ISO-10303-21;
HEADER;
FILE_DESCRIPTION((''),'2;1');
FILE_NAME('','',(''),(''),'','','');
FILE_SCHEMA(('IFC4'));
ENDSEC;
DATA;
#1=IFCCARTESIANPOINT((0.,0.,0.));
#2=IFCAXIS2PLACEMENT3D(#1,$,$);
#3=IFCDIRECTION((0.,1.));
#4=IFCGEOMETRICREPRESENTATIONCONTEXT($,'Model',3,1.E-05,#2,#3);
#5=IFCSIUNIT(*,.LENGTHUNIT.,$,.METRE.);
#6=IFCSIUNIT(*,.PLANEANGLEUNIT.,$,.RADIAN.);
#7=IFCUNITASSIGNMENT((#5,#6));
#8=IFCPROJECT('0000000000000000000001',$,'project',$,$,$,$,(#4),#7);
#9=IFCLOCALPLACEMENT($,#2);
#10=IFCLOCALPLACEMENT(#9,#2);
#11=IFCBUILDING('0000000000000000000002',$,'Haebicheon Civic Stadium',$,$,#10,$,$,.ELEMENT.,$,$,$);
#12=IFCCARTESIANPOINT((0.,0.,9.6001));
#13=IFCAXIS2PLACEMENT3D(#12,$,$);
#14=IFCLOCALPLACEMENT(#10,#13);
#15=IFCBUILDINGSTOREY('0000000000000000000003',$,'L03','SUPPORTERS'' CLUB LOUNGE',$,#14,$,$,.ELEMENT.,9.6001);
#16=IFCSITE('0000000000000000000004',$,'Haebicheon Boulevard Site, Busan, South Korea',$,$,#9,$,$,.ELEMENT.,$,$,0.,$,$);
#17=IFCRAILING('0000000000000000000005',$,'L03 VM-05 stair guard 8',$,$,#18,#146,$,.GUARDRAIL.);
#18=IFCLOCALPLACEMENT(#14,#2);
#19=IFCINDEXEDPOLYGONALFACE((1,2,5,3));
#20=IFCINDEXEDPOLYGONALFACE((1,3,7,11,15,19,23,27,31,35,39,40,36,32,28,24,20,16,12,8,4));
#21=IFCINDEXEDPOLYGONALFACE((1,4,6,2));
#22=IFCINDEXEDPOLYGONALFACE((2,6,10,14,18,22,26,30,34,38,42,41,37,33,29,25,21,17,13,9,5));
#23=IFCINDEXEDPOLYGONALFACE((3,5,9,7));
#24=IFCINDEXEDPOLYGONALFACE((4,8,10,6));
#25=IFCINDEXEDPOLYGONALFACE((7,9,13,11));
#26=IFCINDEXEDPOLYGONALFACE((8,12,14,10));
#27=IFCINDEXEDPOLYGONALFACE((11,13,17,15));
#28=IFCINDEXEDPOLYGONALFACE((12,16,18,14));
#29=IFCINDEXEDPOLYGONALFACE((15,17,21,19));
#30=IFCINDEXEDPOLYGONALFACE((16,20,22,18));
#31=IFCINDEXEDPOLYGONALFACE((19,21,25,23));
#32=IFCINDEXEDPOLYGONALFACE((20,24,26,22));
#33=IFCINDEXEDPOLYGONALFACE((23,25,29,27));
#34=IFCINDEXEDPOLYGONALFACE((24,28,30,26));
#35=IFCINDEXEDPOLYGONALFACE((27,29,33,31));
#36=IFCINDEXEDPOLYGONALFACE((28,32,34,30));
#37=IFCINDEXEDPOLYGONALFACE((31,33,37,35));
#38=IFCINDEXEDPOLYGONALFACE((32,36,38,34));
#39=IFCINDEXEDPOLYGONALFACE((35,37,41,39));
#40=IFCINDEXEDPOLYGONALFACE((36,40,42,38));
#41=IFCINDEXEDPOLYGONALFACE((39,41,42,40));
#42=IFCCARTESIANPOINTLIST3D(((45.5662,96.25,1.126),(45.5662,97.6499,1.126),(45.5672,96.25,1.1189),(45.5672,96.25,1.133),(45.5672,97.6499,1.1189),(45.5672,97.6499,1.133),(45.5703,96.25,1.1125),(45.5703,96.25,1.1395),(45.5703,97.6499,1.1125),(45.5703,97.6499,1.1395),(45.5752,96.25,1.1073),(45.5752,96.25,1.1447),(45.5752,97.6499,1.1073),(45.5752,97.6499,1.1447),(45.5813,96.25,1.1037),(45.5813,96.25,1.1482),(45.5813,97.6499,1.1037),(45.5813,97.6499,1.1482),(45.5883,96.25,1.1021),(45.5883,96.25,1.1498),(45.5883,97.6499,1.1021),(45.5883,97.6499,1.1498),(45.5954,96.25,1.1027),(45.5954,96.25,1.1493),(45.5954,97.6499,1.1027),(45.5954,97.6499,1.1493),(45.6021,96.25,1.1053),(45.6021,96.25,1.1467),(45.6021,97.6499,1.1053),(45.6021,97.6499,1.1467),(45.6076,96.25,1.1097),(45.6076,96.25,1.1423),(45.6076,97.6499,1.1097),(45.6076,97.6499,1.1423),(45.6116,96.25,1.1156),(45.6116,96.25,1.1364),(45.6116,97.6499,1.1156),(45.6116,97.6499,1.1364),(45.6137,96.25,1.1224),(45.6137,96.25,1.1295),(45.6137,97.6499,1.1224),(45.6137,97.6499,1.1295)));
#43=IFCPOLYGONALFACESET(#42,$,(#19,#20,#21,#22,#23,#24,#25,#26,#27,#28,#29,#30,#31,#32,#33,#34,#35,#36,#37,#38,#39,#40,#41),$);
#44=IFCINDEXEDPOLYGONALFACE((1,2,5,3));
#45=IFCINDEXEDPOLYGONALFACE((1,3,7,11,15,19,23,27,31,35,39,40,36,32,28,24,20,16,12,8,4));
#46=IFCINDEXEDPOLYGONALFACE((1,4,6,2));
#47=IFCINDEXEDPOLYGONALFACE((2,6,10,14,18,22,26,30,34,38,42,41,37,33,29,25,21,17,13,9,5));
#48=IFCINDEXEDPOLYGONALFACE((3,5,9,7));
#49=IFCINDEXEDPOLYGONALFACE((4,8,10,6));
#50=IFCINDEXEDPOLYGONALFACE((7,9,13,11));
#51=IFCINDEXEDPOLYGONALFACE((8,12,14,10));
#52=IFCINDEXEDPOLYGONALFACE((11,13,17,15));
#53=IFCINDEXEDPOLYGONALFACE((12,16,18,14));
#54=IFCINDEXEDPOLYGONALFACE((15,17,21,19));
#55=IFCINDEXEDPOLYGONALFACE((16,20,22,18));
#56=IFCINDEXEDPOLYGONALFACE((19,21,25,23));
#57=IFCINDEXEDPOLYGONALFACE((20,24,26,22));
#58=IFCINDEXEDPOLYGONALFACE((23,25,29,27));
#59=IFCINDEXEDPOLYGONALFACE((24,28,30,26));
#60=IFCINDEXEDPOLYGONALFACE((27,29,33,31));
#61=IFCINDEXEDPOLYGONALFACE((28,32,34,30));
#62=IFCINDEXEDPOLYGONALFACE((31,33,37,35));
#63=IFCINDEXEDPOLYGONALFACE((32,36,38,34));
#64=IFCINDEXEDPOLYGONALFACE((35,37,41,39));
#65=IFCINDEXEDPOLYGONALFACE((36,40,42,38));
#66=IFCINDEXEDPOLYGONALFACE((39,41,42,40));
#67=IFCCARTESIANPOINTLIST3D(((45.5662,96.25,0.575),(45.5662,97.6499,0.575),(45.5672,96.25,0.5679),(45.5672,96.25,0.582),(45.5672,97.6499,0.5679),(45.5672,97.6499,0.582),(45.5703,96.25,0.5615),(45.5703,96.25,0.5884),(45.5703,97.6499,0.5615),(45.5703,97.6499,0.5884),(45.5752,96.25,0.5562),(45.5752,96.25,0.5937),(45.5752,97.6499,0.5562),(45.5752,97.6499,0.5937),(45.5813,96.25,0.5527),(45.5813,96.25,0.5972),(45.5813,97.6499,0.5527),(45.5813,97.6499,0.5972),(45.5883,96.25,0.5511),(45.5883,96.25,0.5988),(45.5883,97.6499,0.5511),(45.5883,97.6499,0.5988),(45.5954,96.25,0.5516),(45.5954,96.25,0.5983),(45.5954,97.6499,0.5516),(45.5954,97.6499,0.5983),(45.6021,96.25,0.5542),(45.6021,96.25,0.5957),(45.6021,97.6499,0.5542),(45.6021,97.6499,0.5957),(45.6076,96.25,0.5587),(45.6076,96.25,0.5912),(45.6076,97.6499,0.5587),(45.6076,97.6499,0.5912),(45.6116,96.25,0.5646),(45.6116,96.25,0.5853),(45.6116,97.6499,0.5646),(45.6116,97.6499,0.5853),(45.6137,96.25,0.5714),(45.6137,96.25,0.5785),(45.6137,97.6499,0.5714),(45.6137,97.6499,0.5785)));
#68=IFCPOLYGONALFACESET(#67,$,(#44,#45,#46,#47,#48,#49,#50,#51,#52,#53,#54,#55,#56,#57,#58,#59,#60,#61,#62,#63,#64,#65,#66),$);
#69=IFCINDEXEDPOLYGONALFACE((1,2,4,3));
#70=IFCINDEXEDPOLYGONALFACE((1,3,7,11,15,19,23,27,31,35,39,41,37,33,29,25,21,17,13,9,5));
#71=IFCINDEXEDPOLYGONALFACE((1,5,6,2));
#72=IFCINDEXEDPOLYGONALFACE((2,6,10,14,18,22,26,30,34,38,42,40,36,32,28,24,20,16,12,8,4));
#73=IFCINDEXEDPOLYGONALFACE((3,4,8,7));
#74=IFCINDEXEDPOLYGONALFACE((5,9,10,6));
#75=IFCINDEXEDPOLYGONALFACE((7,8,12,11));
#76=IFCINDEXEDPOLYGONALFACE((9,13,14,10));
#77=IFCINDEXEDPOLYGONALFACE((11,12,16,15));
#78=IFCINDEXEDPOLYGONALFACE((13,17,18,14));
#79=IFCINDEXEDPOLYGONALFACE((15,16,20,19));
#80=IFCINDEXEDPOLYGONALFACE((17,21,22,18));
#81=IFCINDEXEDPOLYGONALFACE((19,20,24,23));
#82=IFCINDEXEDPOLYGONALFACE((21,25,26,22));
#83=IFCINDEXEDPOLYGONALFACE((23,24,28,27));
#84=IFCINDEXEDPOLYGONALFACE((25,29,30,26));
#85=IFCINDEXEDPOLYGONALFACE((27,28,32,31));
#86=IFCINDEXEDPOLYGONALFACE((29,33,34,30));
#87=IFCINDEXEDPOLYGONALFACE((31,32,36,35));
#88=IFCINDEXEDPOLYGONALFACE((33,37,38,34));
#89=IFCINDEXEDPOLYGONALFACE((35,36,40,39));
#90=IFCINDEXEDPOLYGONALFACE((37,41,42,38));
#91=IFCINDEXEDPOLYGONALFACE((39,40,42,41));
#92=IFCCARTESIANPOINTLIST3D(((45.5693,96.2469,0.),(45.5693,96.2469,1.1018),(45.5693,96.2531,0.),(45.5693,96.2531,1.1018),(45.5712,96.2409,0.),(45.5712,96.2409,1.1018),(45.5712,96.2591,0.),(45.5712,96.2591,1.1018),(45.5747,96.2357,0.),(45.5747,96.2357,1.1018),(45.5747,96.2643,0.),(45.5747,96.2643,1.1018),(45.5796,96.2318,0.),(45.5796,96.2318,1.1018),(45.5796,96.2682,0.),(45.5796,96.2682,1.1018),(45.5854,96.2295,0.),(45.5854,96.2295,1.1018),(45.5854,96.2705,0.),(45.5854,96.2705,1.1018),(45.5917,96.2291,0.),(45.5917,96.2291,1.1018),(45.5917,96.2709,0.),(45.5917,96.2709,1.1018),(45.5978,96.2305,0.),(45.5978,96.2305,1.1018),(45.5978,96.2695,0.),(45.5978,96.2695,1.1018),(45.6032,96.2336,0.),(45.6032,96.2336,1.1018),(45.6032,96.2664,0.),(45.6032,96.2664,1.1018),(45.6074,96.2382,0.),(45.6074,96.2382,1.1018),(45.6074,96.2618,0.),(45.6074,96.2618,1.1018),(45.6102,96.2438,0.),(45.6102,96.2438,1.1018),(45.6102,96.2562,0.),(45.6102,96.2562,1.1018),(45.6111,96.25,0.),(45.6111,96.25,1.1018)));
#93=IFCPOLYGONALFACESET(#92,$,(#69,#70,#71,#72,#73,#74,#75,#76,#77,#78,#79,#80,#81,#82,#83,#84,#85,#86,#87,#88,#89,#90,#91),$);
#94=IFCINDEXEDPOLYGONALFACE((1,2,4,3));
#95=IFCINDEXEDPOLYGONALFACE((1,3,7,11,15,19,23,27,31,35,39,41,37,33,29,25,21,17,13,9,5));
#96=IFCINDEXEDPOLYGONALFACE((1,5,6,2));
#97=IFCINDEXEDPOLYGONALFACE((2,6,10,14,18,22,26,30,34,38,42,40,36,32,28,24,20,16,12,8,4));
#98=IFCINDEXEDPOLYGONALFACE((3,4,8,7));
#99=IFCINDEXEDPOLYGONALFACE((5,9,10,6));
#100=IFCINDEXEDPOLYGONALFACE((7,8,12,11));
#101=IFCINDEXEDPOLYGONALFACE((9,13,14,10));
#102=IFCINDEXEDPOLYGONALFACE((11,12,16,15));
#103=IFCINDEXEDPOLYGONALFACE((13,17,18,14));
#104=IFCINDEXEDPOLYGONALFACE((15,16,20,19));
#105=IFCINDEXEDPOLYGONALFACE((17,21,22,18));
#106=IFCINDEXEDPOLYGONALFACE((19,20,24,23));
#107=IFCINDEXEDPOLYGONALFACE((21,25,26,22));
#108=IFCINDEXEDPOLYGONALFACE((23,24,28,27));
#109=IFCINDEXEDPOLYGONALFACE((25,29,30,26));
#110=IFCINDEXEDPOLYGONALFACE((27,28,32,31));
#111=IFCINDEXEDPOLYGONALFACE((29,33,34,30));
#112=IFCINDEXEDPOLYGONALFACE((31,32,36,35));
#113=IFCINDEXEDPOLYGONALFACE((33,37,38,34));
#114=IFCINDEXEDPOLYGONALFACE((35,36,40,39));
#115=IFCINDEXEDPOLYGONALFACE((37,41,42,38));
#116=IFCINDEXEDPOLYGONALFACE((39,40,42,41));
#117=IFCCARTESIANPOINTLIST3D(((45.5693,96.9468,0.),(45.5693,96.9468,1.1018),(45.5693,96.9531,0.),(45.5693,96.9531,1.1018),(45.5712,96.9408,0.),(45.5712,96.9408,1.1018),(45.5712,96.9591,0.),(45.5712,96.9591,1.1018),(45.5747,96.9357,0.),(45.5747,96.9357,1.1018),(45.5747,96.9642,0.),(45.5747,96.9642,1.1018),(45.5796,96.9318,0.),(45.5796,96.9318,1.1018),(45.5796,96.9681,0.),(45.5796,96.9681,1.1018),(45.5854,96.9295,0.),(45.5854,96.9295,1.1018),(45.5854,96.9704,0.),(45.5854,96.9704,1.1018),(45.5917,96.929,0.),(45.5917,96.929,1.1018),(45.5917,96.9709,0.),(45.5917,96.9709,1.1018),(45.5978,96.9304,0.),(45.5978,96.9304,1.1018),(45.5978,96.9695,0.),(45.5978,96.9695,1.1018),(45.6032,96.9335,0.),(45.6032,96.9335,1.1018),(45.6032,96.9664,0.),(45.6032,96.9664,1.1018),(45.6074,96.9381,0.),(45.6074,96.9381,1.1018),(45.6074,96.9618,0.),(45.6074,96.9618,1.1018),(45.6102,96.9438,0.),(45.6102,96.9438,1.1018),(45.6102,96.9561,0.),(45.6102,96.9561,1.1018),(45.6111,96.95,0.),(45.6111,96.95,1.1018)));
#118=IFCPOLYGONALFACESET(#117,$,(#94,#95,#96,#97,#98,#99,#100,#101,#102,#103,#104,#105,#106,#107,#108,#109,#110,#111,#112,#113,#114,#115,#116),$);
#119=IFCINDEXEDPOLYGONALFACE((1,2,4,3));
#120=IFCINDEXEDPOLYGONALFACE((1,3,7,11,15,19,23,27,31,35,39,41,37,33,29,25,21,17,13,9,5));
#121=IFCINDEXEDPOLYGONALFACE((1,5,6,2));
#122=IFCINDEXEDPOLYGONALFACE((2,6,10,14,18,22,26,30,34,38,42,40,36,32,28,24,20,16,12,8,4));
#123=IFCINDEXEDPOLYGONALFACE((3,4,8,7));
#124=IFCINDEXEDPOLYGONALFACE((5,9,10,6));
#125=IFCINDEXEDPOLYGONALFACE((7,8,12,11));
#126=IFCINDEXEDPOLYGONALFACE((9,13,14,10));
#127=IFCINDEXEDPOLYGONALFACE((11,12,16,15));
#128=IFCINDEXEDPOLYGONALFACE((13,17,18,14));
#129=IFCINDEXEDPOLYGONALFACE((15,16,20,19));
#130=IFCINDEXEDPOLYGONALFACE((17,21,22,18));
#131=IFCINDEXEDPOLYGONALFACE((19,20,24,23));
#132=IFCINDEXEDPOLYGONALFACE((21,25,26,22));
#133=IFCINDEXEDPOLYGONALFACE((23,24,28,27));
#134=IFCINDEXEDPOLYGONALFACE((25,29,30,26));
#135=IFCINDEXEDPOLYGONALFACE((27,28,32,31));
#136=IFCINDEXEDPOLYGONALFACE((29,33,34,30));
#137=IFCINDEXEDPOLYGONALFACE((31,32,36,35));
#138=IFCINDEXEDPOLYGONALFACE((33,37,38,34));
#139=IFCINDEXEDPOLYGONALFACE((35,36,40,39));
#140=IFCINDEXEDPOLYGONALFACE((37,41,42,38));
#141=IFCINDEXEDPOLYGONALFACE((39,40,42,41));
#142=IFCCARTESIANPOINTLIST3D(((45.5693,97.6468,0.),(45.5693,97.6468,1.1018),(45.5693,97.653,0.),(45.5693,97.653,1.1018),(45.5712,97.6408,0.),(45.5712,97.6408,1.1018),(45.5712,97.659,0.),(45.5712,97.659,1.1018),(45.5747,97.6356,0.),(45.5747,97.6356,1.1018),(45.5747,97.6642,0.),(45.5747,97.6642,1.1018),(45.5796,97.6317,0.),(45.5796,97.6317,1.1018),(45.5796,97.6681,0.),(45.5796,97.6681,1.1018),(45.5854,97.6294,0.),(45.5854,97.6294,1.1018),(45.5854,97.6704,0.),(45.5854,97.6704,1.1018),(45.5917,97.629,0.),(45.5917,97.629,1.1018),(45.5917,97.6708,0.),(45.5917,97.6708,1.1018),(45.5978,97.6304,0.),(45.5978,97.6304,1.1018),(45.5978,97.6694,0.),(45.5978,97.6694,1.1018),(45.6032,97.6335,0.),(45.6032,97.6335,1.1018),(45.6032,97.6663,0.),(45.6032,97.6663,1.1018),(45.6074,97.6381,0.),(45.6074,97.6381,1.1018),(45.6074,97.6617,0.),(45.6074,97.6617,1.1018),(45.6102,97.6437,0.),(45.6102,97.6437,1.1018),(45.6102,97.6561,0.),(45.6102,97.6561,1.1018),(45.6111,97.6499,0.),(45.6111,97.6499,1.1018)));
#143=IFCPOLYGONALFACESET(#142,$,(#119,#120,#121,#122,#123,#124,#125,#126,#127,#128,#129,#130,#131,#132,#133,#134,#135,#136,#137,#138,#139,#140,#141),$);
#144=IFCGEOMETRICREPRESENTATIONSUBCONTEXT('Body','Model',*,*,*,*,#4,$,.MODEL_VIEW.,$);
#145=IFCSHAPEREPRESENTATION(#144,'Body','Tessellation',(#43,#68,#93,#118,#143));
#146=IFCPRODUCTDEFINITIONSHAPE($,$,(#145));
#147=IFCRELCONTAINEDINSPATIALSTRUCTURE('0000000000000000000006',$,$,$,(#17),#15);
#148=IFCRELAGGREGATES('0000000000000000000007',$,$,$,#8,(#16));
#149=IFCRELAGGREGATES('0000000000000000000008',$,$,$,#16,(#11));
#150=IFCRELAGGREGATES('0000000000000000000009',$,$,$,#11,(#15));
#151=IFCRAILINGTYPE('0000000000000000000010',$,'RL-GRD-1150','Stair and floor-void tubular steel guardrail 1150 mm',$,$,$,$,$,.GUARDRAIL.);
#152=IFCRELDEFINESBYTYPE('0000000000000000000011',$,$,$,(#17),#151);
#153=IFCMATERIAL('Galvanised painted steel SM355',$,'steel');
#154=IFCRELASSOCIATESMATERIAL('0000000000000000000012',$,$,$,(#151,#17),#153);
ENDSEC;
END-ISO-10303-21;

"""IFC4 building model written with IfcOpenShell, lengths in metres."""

from ifc_helpers import new_model, si_unit, direction, frame, origin, origin_2d, place, context, subcontext, project, spatial, circle, extrude, material, type_object, element, save


model = new_model("IFC4")

# Units and contexts
model_context = context("Model", 3, precision=1e-05, world=origin(), true_north=direction((0.0, 1.0)))
body_context = subcontext(model_context, "Body", "Model", "MODEL_VIEW")
ifc_project = project(units=[si_unit("LENGTHUNIT", "METRE"), si_unit("PLANEANGLEUNIT", "RADIAN")], contexts=[model_context])

# Site, building, storey
site_placement = place(None, origin())
site = spatial("IfcSite", under=ifc_project, at=site_placement, Name="Haebicheon Boulevard Site, Busan, South Korea", CompositionType="ELEMENT", RefElevation=0.0)
building_placement = place(site_placement, origin())
building = spatial("IfcBuilding", under=site, at=building_placement, Name="Haebicheon Civic Stadium", CompositionType="ELEMENT")
storey_placement = place(building_placement, frame((0.0, 0.0, 9.6001)))
storey = spatial("IfcBuildingStorey", under=building, at=storey_placement, Name="L03", Description="SUPPORTERS' CLUB LOUNGE", CompositionType="ELEMENT", Elevation=9.6001)

# Railing
ifc_material_1 = material(Name="Galvanised painted steel SM355", Category="steel")
railing_type_1 = type_object("IfcRailingType", Name="RL-GRD-1150", Description="Stair and floor-void tubular steel guardrail 1150 mm", PredefinedType="GUARDRAIL", material=ifc_material_1)
for number, where, name in (
    (1, (45.5901, 96.25, 0.0), "L03 VM-05 stair guard 8"),
):
    element("IfcRailing", number, at=place(storey_placement, frame(where)), inside=storey, type_object=railing_type_1, material=ifc_material_1, Name=name, PredefinedType="GUARDRAIL", context=body_context, shape_type="SweptSolid", body=[
        extrude(circle(Radius=0.0239, at=origin_2d()), frame((0.0, 0.0, 1.126), z_axis=(0.0, 1.0, 0.0), x_axis=(-1.0, 0.0, 0.0)), (0.0, 0.0, 1.0), 1.3999),
        extrude(circle(Radius=0.0239, at=origin_2d()), frame((0.0, 0.0, 0.575), z_axis=(0.0, 1.0, 0.0), x_axis=(-1.0, 0.0, 0.0)), (0.0, 0.0, 1.0), 1.3999),
        extrude(circle(Radius=0.021, at=origin_2d()), origin(), (0.0, 0.0, 1.0), 1.1018),
        extrude(circle(Radius=0.021, at=origin_2d()), frame((0.0, 0.7, 0.0)), (0.0, 0.0, 1.0), 1.1018),
        extrude(circle(Radius=0.021, at=origin_2d()), frame((0.0, 1.3999, 0.0)), (0.0, 0.0, 1.0), 1.1018),
    ])

save(model, "model.ifc")
